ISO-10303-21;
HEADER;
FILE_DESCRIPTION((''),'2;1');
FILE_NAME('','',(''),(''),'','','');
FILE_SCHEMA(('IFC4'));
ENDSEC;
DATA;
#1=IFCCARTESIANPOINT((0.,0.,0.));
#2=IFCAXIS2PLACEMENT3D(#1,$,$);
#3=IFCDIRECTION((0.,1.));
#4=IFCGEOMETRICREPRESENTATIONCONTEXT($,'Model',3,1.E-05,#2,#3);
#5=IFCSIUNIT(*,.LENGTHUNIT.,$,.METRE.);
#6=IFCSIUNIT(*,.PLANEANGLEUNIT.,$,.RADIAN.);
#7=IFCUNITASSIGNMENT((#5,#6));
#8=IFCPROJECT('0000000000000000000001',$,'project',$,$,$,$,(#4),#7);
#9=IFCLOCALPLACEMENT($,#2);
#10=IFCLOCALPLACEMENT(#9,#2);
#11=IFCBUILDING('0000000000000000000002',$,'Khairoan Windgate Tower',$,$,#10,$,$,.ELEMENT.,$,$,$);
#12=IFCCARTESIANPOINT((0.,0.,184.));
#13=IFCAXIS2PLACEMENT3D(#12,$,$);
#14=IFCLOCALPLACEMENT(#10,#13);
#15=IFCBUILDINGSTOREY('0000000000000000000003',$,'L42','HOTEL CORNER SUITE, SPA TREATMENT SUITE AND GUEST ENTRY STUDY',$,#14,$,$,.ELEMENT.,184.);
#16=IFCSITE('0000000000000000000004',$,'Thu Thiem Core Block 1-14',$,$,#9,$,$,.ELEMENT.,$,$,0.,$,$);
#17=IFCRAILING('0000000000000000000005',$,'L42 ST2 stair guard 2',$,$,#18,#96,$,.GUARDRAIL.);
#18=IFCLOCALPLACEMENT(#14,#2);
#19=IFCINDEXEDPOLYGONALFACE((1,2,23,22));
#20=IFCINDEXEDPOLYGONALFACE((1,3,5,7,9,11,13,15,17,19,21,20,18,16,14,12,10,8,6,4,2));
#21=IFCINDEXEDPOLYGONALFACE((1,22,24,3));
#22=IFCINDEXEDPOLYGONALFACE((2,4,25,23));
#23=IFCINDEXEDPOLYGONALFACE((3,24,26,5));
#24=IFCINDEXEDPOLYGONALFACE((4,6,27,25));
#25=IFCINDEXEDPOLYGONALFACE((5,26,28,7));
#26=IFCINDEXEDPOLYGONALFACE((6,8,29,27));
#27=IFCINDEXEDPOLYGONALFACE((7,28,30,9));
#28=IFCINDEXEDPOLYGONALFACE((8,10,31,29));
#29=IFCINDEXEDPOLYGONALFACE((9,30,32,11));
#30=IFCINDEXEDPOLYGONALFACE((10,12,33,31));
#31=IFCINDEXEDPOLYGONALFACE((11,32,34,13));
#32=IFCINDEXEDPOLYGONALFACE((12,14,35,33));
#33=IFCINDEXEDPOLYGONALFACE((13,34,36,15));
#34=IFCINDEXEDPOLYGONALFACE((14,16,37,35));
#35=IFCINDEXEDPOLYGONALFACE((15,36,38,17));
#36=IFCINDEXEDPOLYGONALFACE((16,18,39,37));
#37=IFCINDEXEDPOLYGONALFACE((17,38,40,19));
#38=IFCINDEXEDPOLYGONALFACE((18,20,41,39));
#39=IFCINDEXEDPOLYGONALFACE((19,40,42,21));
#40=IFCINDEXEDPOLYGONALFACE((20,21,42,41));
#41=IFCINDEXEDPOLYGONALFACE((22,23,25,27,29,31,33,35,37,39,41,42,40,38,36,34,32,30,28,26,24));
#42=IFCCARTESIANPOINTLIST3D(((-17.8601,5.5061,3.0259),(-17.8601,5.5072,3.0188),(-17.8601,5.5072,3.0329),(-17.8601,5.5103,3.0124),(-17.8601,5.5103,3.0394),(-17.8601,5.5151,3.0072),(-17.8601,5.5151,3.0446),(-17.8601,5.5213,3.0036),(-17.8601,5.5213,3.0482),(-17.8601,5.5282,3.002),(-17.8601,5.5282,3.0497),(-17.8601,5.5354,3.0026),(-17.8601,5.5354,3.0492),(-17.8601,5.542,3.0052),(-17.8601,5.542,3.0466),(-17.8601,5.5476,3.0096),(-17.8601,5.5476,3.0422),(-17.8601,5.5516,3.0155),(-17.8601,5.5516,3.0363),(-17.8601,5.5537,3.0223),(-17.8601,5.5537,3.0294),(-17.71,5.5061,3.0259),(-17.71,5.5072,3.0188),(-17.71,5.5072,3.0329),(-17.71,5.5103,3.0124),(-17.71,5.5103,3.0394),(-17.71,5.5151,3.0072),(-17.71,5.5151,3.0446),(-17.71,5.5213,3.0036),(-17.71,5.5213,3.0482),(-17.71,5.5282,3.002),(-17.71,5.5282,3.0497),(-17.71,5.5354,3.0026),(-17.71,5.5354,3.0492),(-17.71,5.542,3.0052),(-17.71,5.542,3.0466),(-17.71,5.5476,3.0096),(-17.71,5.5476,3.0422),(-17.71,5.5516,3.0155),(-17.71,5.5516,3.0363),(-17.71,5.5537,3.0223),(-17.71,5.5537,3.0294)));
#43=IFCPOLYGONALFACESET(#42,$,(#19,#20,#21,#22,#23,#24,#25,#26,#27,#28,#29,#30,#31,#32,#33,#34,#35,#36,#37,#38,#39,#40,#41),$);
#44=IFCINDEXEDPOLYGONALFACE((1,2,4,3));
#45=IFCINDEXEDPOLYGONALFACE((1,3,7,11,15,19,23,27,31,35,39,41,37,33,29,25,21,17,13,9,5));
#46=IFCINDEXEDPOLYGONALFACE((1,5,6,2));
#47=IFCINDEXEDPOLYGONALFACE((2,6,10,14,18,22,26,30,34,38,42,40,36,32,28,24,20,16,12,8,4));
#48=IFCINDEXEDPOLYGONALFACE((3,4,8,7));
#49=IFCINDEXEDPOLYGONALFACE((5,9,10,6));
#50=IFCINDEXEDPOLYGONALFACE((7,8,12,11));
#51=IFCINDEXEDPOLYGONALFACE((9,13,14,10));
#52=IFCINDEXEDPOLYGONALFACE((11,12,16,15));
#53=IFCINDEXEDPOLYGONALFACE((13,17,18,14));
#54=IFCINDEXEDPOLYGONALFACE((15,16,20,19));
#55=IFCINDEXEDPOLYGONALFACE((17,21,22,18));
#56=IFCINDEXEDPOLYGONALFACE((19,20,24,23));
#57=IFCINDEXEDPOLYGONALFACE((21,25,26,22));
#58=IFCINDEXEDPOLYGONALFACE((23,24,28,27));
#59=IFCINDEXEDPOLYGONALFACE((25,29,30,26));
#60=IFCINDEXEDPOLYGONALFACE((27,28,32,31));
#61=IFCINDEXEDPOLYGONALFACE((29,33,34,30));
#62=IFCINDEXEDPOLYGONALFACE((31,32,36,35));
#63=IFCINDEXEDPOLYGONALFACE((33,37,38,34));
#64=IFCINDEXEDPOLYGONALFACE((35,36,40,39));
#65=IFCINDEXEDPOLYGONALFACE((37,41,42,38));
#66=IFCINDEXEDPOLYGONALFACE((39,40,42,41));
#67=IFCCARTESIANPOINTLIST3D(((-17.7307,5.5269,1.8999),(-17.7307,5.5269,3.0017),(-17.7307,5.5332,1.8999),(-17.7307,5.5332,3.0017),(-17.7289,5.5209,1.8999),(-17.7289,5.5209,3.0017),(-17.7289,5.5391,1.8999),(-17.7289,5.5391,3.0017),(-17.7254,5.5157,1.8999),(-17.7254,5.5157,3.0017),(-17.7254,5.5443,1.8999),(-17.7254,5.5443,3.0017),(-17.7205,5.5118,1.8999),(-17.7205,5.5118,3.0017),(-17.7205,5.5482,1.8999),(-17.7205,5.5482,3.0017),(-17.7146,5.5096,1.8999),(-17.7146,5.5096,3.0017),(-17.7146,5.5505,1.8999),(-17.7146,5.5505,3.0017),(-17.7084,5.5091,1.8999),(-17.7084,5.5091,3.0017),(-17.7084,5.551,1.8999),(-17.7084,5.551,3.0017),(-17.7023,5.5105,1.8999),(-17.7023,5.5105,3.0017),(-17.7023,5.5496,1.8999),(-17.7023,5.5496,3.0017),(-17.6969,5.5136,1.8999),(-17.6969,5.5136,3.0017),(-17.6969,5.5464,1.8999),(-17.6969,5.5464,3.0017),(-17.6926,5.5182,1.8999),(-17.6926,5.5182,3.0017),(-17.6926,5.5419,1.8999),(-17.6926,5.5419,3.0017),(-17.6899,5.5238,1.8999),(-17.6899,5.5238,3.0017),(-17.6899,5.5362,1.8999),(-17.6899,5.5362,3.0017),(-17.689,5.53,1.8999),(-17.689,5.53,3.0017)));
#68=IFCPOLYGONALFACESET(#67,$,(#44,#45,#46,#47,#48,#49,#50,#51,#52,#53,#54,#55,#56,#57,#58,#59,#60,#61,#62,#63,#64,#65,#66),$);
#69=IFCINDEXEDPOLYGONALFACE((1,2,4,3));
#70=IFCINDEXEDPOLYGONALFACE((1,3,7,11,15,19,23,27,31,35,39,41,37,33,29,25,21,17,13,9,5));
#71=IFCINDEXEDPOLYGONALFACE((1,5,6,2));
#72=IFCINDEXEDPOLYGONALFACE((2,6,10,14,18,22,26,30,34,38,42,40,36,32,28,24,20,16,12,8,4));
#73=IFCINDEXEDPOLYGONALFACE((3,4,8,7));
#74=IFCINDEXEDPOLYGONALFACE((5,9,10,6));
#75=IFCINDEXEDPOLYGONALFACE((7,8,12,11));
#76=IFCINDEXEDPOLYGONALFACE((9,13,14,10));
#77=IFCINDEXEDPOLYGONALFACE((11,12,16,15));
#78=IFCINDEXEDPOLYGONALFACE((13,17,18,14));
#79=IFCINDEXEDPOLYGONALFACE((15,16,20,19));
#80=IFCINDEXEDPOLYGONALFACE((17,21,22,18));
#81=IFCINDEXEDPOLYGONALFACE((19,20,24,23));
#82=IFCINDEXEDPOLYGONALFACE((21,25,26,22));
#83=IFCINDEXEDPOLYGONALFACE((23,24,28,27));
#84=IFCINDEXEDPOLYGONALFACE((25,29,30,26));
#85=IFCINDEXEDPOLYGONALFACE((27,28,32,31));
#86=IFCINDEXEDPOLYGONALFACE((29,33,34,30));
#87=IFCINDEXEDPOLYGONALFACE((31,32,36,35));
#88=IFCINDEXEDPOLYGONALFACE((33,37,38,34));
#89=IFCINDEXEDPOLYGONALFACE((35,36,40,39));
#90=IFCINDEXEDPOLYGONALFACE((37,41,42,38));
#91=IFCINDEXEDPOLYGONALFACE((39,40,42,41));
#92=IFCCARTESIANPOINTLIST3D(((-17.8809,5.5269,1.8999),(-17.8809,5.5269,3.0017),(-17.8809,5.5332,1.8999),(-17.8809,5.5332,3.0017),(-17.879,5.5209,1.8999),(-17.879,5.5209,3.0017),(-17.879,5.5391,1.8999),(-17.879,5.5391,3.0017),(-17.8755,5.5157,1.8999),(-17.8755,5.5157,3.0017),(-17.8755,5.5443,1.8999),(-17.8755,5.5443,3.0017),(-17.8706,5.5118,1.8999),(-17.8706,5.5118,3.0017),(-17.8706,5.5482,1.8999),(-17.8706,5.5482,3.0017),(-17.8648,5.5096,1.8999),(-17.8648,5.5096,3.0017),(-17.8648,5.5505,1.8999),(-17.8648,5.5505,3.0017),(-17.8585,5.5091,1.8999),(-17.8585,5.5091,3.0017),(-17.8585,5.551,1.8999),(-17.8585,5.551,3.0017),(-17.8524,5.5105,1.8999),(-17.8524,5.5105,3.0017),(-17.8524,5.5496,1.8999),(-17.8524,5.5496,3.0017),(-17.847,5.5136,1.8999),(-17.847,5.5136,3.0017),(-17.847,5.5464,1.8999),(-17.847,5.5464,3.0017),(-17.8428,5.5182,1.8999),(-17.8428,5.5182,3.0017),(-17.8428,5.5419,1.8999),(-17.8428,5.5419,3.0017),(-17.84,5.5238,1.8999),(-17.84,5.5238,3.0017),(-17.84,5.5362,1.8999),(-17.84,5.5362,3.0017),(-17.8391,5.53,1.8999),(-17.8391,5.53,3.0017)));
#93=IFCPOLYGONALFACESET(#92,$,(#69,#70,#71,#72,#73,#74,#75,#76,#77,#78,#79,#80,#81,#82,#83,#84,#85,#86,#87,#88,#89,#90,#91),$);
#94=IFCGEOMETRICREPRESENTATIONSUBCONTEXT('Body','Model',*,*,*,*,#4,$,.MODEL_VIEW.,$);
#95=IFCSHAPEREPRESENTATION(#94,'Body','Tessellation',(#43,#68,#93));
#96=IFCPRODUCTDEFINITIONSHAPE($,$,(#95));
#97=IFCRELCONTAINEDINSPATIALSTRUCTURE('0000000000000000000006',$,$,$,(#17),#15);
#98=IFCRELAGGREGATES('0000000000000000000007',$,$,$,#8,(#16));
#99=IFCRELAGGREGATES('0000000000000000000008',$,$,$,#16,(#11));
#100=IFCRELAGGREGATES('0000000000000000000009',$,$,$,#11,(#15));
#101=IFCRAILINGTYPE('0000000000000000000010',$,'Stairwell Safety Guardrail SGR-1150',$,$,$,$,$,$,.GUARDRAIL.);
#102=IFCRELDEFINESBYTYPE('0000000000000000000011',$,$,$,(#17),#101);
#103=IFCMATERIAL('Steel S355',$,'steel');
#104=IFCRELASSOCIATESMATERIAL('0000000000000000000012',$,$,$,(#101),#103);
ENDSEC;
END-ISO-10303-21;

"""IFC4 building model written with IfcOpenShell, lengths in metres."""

from ifc_helpers import new_model, si_unit, direction, frame, origin, origin_2d, place, context, subcontext, project, spatial, circle, extrude, material, type_object, element, save


model = new_model("IFC4")

# Units and contexts
model_context = context("Model", 3, precision=1e-05, world=origin(), true_north=direction((0.0, 1.0)))
body_context = subcontext(model_context, "Body", "Model", "MODEL_VIEW")
ifc_project = project(units=[si_unit("LENGTHUNIT", "METRE"), si_unit("PLANEANGLEUNIT", "RADIAN")], contexts=[model_context])

# Site, building, storey
site_placement = place(None, origin())
site = spatial("IfcSite", under=ifc_project, at=site_placement, Name="Thu Thiem Core Block 1-14", CompositionType="ELEMENT", RefElevation=0.0)
building_placement = place(site_placement, origin())
building = spatial("IfcBuilding", under=site, at=building_placement, Name="Khairoan Windgate Tower", CompositionType="ELEMENT")
storey_placement = place(building_placement, frame((0.0, 0.0, 184.0)))
storey = spatial("IfcBuildingStorey", under=building, at=storey_placement, Name="L42", Description="HOTEL CORNER SUITE, SPA TREATMENT SUITE AND GUEST ENTRY STUDY", CompositionType="ELEMENT", Elevation=184.0)

# Railing
ifc_material_1 = material(Name="Steel S355", Category="steel")
railing_type_1 = type_object("IfcRailingType", Name="Stairwell Safety Guardrail SGR-1150", PredefinedType="GUARDRAIL", material=ifc_material_1)
railing_1_placement = place(storey_placement, frame((-17.71, 5.53, 1.8999)))
element("IfcRailing", 1, at=railing_1_placement, inside=storey, type_object=railing_type_1, Name="L42 ST2 stair guard 2", PredefinedType="GUARDRAIL", context=body_context, shape_type="SweptSolid", body=[
    extrude(circle(Radius=0.0239, at=origin_2d()), frame((0.0, 0.0, 1.126), z_axis=(-1.0, 0.0, 0.0), x_axis=(0.0, -1.0, 0.0)), (0.0, 0.0, 1.0), 0.1501),
    extrude(circle(Radius=0.021, at=origin_2d()), origin(), (0.0, 0.0, 1.0), 1.1018),
    extrude(circle(Radius=0.021, at=origin_2d()), frame((-0.1501, 0.0, 0.0)), (0.0, 0.0, 1.0), 1.1018),
])

save(model, "model.ifc")
